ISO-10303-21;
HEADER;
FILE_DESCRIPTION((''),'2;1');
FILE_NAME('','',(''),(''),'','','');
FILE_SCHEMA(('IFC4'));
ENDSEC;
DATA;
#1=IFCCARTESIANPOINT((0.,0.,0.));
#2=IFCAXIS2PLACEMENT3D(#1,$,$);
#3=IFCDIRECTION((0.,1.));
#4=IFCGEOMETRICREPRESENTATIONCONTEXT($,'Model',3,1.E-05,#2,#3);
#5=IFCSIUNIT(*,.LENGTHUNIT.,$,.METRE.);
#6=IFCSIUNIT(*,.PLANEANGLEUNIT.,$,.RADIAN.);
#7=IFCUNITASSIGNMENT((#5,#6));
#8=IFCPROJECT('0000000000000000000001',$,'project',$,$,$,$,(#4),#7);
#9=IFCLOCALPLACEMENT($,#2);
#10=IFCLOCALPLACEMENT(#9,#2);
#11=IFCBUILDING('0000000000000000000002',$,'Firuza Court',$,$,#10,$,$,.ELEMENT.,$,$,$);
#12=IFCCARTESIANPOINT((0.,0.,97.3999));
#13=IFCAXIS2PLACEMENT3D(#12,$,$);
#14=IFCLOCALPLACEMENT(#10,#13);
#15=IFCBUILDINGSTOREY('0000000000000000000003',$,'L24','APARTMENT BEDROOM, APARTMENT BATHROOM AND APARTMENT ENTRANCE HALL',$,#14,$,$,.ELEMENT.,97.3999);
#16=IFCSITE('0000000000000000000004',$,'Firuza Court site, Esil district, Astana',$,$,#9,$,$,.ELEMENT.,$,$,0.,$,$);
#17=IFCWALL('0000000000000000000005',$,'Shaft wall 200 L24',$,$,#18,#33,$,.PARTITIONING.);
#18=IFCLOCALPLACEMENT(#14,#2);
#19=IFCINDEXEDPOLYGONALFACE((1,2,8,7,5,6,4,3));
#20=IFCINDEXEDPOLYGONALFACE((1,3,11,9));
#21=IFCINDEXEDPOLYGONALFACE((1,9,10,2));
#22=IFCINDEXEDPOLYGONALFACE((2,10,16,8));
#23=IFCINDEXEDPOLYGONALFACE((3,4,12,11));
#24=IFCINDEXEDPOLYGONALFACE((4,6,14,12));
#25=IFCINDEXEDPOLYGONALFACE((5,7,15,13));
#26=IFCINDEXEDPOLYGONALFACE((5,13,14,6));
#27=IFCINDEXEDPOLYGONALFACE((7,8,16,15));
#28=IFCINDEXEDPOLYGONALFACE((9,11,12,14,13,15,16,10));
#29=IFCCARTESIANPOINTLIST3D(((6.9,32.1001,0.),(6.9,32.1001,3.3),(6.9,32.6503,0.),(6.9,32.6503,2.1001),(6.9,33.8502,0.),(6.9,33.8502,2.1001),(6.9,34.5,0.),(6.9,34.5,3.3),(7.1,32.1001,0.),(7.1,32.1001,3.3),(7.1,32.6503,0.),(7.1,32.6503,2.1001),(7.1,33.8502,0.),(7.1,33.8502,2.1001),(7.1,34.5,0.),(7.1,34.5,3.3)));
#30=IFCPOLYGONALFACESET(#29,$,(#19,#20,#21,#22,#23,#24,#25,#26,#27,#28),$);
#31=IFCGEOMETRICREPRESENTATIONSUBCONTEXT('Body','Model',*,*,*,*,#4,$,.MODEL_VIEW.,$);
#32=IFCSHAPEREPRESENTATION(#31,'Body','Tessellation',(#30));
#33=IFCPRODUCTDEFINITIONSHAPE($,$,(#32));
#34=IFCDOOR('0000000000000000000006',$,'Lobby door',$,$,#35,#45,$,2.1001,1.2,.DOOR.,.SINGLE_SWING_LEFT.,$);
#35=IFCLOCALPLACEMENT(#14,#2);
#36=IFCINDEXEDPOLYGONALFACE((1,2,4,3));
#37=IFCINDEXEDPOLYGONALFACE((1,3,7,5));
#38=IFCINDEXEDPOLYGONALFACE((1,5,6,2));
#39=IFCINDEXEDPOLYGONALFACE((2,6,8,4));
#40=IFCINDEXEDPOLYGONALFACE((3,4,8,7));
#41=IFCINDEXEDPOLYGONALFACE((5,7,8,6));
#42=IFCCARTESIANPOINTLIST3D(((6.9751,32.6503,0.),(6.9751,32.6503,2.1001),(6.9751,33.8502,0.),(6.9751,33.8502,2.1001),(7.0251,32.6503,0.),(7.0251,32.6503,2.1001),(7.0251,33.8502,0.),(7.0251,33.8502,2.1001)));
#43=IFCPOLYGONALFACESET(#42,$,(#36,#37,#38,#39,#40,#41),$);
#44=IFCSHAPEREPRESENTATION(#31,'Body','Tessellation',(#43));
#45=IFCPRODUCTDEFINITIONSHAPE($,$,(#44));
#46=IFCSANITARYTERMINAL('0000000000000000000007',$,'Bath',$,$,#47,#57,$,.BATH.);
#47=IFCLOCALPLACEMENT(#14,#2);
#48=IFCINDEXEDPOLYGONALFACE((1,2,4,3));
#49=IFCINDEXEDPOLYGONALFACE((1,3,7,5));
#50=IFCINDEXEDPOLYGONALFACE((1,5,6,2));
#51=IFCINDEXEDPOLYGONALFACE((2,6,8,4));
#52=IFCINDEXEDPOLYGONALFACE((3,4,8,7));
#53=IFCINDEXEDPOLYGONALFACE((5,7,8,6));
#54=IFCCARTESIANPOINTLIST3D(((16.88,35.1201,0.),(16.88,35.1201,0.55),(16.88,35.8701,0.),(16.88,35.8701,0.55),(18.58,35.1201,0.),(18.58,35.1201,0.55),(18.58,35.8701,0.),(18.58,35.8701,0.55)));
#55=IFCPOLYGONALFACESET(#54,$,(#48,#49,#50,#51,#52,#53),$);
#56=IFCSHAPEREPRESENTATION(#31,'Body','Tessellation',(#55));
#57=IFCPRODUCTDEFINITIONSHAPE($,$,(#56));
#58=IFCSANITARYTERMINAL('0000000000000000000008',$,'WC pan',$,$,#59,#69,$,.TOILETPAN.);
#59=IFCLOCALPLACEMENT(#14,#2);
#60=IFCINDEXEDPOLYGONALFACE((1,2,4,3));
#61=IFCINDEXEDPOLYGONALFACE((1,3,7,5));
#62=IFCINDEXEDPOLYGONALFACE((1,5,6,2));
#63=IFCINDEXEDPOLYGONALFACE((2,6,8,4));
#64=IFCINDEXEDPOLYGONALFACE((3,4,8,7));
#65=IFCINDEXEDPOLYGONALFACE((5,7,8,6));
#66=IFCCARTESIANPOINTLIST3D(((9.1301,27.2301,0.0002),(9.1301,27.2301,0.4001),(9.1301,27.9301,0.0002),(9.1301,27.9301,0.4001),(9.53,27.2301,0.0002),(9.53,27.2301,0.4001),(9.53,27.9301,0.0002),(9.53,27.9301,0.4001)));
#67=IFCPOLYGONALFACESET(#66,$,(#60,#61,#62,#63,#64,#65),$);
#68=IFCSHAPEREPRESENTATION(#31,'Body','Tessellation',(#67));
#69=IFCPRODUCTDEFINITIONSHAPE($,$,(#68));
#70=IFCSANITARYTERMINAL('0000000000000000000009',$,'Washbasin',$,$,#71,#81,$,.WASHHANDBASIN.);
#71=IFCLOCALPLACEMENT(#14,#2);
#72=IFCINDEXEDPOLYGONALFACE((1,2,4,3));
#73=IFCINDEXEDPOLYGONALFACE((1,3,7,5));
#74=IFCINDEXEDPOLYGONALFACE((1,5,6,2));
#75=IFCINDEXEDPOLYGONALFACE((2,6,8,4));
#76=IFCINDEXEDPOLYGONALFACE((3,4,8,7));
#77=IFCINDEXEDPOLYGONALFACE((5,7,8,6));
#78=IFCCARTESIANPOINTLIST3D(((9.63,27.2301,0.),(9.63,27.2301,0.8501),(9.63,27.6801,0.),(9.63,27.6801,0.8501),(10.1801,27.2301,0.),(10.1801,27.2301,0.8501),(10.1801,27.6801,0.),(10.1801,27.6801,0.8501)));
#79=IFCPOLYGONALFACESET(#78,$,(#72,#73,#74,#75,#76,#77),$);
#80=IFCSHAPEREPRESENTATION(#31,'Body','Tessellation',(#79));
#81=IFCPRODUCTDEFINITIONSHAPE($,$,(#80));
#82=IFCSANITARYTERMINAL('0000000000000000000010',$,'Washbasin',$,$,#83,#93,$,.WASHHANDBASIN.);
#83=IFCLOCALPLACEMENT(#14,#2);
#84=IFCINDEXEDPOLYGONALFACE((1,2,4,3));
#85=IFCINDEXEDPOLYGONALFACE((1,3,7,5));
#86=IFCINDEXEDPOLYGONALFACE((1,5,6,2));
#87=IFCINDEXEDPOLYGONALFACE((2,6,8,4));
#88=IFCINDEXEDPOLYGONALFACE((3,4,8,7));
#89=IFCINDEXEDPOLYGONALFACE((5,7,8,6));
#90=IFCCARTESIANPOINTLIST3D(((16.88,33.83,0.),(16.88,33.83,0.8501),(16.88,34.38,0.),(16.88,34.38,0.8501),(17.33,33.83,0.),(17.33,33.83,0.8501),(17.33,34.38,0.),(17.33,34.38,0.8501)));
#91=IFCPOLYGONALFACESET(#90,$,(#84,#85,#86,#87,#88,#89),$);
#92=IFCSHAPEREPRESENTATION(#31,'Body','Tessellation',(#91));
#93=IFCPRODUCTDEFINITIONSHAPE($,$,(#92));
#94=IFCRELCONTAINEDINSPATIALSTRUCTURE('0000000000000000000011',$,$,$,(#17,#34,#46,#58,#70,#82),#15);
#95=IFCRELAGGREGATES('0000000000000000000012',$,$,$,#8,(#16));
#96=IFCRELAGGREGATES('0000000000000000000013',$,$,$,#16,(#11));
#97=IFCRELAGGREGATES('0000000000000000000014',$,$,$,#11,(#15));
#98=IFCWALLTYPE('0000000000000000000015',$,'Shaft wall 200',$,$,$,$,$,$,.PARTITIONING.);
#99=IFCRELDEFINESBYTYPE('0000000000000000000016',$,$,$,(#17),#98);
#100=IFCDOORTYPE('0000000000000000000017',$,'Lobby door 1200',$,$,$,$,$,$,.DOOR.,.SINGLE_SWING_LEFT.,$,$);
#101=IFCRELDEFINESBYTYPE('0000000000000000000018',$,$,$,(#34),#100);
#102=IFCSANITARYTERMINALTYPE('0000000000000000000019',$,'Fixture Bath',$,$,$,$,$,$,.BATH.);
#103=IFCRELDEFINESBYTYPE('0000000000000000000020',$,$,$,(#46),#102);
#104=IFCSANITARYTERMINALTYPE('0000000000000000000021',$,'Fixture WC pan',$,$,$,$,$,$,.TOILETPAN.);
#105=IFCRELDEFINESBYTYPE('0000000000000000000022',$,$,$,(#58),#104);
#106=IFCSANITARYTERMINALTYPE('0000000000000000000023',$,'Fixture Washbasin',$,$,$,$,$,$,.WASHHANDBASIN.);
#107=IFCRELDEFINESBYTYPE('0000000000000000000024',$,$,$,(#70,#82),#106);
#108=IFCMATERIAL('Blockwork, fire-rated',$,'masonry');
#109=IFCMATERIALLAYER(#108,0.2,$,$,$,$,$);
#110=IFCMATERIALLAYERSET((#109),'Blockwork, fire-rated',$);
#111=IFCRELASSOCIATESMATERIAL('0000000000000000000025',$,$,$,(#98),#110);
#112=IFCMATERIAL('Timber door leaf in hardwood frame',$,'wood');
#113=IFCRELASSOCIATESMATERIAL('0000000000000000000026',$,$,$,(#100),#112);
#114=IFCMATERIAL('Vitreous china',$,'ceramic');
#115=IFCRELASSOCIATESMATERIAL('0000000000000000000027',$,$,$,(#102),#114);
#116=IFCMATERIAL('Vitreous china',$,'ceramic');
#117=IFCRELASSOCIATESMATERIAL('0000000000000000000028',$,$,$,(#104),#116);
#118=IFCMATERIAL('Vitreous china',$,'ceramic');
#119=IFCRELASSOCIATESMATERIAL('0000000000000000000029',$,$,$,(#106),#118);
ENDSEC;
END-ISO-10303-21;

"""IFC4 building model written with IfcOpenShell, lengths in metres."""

from ifc_helpers import new_model, si_unit, direction, frame, frame_2d, origin, origin_2d, place, context, subcontext, project, spatial, rectangle, extrude, material, layer, layer_set, type_object, element, fill, save


model = new_model("IFC4")

# Units and contexts
model_context = context("Model", 3, precision=1e-05, world=origin(), true_north=direction((0.0, 1.0)))
body_context = subcontext(model_context, "Body", "Model", "MODEL_VIEW")
ifc_project = project(units=[si_unit("LENGTHUNIT", "METRE"), si_unit("PLANEANGLEUNIT", "RADIAN")], contexts=[model_context])

# Site, building, storey
site_placement = place(None, origin())
site = spatial("IfcSite", under=ifc_project, at=site_placement, Name="Firuza Court site, Esil district, Astana", CompositionType="ELEMENT", RefElevation=0.0)
building_placement = place(site_placement, origin())
building = spatial("IfcBuilding", under=site, at=building_placement, Name="Firuza Court", CompositionType="ELEMENT")
storey_placement = place(building_placement, frame((0.0, 0.0, 97.3999)))
storey = spatial("IfcBuildingStorey", under=building, at=storey_placement, Name="L24", Description="APARTMENT BEDROOM, APARTMENT BATHROOM AND APARTMENT ENTRANCE HALL", CompositionType="ELEMENT", Elevation=97.3999)

# Wall, opening, door
ifc_material_1 = material(Name="Blockwork, fire-rated", Category="masonry")
ifc_layer_1 = layer(ifc_material_1, 0.2)
ifc_layer_set_1 = layer_set([ifc_layer_1], Name="Blockwork, fire-rated")
wall_type_1 = type_object("IfcWallType", Name="Shaft wall 200", PredefinedType="PARTITIONING", material=ifc_layer_set_1)
wall_1_placement = place(storey_placement, frame((7.0, 32.1001, 0.0), z_axis=(0.0, 0.0, 1.0), x_axis=(0.0, 1.0, 0.0)))
wall_1 = element("IfcWall", 1, at=wall_1_placement, inside=storey, type_object=wall_type_1, Name="Shaft wall 200 L24", PredefinedType="PARTITIONING", context=body_context, shape_type="SweptSolid", body=[
    extrude(rectangle(XDim=2.3999, YDim=0.2, at=frame_2d((1.2, 0.0))), origin(), (0.0, 0.0, 1.0), 3.3),
])
opening_1_placement = place(wall_1_placement, frame((0.55, 0.0, 0.0)))
opening_1 = element("IfcOpeningElement", 2, at=opening_1_placement, cuts=wall_1, PredefinedType="OPENING", context=body_context, shape_type="SweptSolid", body=[
    extrude(rectangle(XDim=1.2, YDim=2.1001, at=frame_2d((0.6001, 1.05))), frame((0.0, 0.1118, 0.0), z_axis=(0.0, -1.0, 0.0), x_axis=(1.0, 0.0, 0.0)), (0.0, 0.0, 1.0), 0.2239),
])
ifc_material_2 = material(Name="Timber door leaf in hardwood frame", Category="wood")
door_type_1 = type_object("IfcDoorType", Name="Lobby door 1200", OperationType="SINGLE_SWING_LEFT", PredefinedType="DOOR", material=ifc_material_2)
door_1_placement = place(opening_1_placement, origin())
door_1 = element("IfcDoor", 3, at=door_1_placement, inside=storey, type_object=door_type_1, Name="Lobby door", OperationType="SINGLE_SWING_LEFT", OverallHeight=2.1001, OverallWidth=1.2, PredefinedType="DOOR", context=body_context, shape_type="SweptSolid", body=[
    extrude(rectangle(XDim=1.2, YDim=2.1001, at=frame_2d((0.6001, 1.05))), frame((0.0, 0.0249, 0.0), z_axis=(0.0, -1.0, 0.0), x_axis=(1.0, 0.0, 0.0)), (0.0, 0.0, 1.0), 0.05),
])
fill(opening_1, door_1)

# Sanitary terminals
ifc_material_3 = material(Name="Vitreous china", Category="ceramic")
sanitary_terminal_type_1 = type_object("IfcSanitaryTerminalType", Name="Fixture Bath", PredefinedType="BATH", material=ifc_material_3)
sanitary_terminal_1_placement = place(storey_placement, frame((17.73, 35.4951, 0.0), z_axis=(0.0, 0.0, 1.0), x_axis=(1.0, 0.0, 0.0)))
element("IfcSanitaryTerminal", 4, at=sanitary_terminal_1_placement, inside=storey, type_object=sanitary_terminal_type_1, Name="Bath", PredefinedType="BATH", context=body_context, shape_type="SweptSolid", body=[
    extrude(rectangle(XDim=1.7, YDim=0.75, at=origin_2d()), origin(), (0.0, 0.0, 1.0), 0.55),
])
ifc_material_4 = material(Name="Vitreous china", Category="ceramic")
sanitary_terminal_type_2 = type_object("IfcSanitaryTerminalType", Name="Fixture WC pan", PredefinedType="TOILETPAN", material=ifc_material_4)
sanitary_terminal_2_placement = place(storey_placement, frame((9.3301, 27.5801, 0.0002), z_axis=(0.0, 0.0, 1.0), x_axis=(1.0, 0.0, 0.0)))
element("IfcSanitaryTerminal", 5, at=sanitary_terminal_2_placement, inside=storey, type_object=sanitary_terminal_type_2, Name="WC pan", PredefinedType="TOILETPAN", context=body_context, shape_type="SweptSolid", body=[
    extrude(rectangle(XDim=0.3999, YDim=0.7, at=origin_2d()), origin(), (0.0, 0.0, 1.0), 0.3999),
])
ifc_material_5 = material(Name="Vitreous china", Category="ceramic")
sanitary_terminal_type_3 = type_object("IfcSanitaryTerminalType", Name="Fixture Washbasin", PredefinedType="WASHHANDBASIN", material=ifc_material_5)
sanitary_terminal_3_placement = place(storey_placement, frame((9.905, 27.4551, 0.0), z_axis=(0.0, 0.0, 1.0), x_axis=(1.0, 0.0, 0.0)))
element("IfcSanitaryTerminal", 6, at=sanitary_terminal_3_placement, inside=storey, type_object=sanitary_terminal_type_3, Name="Washbasin", PredefinedType="WASHHANDBASIN", context=body_context, shape_type="SweptSolid", body=[
    extrude(rectangle(XDim=0.55, YDim=0.45, at=origin_2d()), origin(), (0.0, 0.0, 1.0), 0.8501),
])
sanitary_terminal_4_placement = place(storey_placement, frame((17.105, 34.105, 0.0), z_axis=(0.0, 0.0, 1.0), x_axis=(1.0, 0.0, 0.0)))
element("IfcSanitaryTerminal", 7, at=sanitary_terminal_4_placement, inside=storey, type_object=sanitary_terminal_type_3, Name="Washbasin", PredefinedType="WASHHANDBASIN", context=body_context, shape_type="SweptSolid", body=[
    extrude(rectangle(XDim=0.45, YDim=0.55, at=origin_2d()), origin(), (0.0, 0.0, 1.0), 0.8501),
])

save(model, "model.ifc")
